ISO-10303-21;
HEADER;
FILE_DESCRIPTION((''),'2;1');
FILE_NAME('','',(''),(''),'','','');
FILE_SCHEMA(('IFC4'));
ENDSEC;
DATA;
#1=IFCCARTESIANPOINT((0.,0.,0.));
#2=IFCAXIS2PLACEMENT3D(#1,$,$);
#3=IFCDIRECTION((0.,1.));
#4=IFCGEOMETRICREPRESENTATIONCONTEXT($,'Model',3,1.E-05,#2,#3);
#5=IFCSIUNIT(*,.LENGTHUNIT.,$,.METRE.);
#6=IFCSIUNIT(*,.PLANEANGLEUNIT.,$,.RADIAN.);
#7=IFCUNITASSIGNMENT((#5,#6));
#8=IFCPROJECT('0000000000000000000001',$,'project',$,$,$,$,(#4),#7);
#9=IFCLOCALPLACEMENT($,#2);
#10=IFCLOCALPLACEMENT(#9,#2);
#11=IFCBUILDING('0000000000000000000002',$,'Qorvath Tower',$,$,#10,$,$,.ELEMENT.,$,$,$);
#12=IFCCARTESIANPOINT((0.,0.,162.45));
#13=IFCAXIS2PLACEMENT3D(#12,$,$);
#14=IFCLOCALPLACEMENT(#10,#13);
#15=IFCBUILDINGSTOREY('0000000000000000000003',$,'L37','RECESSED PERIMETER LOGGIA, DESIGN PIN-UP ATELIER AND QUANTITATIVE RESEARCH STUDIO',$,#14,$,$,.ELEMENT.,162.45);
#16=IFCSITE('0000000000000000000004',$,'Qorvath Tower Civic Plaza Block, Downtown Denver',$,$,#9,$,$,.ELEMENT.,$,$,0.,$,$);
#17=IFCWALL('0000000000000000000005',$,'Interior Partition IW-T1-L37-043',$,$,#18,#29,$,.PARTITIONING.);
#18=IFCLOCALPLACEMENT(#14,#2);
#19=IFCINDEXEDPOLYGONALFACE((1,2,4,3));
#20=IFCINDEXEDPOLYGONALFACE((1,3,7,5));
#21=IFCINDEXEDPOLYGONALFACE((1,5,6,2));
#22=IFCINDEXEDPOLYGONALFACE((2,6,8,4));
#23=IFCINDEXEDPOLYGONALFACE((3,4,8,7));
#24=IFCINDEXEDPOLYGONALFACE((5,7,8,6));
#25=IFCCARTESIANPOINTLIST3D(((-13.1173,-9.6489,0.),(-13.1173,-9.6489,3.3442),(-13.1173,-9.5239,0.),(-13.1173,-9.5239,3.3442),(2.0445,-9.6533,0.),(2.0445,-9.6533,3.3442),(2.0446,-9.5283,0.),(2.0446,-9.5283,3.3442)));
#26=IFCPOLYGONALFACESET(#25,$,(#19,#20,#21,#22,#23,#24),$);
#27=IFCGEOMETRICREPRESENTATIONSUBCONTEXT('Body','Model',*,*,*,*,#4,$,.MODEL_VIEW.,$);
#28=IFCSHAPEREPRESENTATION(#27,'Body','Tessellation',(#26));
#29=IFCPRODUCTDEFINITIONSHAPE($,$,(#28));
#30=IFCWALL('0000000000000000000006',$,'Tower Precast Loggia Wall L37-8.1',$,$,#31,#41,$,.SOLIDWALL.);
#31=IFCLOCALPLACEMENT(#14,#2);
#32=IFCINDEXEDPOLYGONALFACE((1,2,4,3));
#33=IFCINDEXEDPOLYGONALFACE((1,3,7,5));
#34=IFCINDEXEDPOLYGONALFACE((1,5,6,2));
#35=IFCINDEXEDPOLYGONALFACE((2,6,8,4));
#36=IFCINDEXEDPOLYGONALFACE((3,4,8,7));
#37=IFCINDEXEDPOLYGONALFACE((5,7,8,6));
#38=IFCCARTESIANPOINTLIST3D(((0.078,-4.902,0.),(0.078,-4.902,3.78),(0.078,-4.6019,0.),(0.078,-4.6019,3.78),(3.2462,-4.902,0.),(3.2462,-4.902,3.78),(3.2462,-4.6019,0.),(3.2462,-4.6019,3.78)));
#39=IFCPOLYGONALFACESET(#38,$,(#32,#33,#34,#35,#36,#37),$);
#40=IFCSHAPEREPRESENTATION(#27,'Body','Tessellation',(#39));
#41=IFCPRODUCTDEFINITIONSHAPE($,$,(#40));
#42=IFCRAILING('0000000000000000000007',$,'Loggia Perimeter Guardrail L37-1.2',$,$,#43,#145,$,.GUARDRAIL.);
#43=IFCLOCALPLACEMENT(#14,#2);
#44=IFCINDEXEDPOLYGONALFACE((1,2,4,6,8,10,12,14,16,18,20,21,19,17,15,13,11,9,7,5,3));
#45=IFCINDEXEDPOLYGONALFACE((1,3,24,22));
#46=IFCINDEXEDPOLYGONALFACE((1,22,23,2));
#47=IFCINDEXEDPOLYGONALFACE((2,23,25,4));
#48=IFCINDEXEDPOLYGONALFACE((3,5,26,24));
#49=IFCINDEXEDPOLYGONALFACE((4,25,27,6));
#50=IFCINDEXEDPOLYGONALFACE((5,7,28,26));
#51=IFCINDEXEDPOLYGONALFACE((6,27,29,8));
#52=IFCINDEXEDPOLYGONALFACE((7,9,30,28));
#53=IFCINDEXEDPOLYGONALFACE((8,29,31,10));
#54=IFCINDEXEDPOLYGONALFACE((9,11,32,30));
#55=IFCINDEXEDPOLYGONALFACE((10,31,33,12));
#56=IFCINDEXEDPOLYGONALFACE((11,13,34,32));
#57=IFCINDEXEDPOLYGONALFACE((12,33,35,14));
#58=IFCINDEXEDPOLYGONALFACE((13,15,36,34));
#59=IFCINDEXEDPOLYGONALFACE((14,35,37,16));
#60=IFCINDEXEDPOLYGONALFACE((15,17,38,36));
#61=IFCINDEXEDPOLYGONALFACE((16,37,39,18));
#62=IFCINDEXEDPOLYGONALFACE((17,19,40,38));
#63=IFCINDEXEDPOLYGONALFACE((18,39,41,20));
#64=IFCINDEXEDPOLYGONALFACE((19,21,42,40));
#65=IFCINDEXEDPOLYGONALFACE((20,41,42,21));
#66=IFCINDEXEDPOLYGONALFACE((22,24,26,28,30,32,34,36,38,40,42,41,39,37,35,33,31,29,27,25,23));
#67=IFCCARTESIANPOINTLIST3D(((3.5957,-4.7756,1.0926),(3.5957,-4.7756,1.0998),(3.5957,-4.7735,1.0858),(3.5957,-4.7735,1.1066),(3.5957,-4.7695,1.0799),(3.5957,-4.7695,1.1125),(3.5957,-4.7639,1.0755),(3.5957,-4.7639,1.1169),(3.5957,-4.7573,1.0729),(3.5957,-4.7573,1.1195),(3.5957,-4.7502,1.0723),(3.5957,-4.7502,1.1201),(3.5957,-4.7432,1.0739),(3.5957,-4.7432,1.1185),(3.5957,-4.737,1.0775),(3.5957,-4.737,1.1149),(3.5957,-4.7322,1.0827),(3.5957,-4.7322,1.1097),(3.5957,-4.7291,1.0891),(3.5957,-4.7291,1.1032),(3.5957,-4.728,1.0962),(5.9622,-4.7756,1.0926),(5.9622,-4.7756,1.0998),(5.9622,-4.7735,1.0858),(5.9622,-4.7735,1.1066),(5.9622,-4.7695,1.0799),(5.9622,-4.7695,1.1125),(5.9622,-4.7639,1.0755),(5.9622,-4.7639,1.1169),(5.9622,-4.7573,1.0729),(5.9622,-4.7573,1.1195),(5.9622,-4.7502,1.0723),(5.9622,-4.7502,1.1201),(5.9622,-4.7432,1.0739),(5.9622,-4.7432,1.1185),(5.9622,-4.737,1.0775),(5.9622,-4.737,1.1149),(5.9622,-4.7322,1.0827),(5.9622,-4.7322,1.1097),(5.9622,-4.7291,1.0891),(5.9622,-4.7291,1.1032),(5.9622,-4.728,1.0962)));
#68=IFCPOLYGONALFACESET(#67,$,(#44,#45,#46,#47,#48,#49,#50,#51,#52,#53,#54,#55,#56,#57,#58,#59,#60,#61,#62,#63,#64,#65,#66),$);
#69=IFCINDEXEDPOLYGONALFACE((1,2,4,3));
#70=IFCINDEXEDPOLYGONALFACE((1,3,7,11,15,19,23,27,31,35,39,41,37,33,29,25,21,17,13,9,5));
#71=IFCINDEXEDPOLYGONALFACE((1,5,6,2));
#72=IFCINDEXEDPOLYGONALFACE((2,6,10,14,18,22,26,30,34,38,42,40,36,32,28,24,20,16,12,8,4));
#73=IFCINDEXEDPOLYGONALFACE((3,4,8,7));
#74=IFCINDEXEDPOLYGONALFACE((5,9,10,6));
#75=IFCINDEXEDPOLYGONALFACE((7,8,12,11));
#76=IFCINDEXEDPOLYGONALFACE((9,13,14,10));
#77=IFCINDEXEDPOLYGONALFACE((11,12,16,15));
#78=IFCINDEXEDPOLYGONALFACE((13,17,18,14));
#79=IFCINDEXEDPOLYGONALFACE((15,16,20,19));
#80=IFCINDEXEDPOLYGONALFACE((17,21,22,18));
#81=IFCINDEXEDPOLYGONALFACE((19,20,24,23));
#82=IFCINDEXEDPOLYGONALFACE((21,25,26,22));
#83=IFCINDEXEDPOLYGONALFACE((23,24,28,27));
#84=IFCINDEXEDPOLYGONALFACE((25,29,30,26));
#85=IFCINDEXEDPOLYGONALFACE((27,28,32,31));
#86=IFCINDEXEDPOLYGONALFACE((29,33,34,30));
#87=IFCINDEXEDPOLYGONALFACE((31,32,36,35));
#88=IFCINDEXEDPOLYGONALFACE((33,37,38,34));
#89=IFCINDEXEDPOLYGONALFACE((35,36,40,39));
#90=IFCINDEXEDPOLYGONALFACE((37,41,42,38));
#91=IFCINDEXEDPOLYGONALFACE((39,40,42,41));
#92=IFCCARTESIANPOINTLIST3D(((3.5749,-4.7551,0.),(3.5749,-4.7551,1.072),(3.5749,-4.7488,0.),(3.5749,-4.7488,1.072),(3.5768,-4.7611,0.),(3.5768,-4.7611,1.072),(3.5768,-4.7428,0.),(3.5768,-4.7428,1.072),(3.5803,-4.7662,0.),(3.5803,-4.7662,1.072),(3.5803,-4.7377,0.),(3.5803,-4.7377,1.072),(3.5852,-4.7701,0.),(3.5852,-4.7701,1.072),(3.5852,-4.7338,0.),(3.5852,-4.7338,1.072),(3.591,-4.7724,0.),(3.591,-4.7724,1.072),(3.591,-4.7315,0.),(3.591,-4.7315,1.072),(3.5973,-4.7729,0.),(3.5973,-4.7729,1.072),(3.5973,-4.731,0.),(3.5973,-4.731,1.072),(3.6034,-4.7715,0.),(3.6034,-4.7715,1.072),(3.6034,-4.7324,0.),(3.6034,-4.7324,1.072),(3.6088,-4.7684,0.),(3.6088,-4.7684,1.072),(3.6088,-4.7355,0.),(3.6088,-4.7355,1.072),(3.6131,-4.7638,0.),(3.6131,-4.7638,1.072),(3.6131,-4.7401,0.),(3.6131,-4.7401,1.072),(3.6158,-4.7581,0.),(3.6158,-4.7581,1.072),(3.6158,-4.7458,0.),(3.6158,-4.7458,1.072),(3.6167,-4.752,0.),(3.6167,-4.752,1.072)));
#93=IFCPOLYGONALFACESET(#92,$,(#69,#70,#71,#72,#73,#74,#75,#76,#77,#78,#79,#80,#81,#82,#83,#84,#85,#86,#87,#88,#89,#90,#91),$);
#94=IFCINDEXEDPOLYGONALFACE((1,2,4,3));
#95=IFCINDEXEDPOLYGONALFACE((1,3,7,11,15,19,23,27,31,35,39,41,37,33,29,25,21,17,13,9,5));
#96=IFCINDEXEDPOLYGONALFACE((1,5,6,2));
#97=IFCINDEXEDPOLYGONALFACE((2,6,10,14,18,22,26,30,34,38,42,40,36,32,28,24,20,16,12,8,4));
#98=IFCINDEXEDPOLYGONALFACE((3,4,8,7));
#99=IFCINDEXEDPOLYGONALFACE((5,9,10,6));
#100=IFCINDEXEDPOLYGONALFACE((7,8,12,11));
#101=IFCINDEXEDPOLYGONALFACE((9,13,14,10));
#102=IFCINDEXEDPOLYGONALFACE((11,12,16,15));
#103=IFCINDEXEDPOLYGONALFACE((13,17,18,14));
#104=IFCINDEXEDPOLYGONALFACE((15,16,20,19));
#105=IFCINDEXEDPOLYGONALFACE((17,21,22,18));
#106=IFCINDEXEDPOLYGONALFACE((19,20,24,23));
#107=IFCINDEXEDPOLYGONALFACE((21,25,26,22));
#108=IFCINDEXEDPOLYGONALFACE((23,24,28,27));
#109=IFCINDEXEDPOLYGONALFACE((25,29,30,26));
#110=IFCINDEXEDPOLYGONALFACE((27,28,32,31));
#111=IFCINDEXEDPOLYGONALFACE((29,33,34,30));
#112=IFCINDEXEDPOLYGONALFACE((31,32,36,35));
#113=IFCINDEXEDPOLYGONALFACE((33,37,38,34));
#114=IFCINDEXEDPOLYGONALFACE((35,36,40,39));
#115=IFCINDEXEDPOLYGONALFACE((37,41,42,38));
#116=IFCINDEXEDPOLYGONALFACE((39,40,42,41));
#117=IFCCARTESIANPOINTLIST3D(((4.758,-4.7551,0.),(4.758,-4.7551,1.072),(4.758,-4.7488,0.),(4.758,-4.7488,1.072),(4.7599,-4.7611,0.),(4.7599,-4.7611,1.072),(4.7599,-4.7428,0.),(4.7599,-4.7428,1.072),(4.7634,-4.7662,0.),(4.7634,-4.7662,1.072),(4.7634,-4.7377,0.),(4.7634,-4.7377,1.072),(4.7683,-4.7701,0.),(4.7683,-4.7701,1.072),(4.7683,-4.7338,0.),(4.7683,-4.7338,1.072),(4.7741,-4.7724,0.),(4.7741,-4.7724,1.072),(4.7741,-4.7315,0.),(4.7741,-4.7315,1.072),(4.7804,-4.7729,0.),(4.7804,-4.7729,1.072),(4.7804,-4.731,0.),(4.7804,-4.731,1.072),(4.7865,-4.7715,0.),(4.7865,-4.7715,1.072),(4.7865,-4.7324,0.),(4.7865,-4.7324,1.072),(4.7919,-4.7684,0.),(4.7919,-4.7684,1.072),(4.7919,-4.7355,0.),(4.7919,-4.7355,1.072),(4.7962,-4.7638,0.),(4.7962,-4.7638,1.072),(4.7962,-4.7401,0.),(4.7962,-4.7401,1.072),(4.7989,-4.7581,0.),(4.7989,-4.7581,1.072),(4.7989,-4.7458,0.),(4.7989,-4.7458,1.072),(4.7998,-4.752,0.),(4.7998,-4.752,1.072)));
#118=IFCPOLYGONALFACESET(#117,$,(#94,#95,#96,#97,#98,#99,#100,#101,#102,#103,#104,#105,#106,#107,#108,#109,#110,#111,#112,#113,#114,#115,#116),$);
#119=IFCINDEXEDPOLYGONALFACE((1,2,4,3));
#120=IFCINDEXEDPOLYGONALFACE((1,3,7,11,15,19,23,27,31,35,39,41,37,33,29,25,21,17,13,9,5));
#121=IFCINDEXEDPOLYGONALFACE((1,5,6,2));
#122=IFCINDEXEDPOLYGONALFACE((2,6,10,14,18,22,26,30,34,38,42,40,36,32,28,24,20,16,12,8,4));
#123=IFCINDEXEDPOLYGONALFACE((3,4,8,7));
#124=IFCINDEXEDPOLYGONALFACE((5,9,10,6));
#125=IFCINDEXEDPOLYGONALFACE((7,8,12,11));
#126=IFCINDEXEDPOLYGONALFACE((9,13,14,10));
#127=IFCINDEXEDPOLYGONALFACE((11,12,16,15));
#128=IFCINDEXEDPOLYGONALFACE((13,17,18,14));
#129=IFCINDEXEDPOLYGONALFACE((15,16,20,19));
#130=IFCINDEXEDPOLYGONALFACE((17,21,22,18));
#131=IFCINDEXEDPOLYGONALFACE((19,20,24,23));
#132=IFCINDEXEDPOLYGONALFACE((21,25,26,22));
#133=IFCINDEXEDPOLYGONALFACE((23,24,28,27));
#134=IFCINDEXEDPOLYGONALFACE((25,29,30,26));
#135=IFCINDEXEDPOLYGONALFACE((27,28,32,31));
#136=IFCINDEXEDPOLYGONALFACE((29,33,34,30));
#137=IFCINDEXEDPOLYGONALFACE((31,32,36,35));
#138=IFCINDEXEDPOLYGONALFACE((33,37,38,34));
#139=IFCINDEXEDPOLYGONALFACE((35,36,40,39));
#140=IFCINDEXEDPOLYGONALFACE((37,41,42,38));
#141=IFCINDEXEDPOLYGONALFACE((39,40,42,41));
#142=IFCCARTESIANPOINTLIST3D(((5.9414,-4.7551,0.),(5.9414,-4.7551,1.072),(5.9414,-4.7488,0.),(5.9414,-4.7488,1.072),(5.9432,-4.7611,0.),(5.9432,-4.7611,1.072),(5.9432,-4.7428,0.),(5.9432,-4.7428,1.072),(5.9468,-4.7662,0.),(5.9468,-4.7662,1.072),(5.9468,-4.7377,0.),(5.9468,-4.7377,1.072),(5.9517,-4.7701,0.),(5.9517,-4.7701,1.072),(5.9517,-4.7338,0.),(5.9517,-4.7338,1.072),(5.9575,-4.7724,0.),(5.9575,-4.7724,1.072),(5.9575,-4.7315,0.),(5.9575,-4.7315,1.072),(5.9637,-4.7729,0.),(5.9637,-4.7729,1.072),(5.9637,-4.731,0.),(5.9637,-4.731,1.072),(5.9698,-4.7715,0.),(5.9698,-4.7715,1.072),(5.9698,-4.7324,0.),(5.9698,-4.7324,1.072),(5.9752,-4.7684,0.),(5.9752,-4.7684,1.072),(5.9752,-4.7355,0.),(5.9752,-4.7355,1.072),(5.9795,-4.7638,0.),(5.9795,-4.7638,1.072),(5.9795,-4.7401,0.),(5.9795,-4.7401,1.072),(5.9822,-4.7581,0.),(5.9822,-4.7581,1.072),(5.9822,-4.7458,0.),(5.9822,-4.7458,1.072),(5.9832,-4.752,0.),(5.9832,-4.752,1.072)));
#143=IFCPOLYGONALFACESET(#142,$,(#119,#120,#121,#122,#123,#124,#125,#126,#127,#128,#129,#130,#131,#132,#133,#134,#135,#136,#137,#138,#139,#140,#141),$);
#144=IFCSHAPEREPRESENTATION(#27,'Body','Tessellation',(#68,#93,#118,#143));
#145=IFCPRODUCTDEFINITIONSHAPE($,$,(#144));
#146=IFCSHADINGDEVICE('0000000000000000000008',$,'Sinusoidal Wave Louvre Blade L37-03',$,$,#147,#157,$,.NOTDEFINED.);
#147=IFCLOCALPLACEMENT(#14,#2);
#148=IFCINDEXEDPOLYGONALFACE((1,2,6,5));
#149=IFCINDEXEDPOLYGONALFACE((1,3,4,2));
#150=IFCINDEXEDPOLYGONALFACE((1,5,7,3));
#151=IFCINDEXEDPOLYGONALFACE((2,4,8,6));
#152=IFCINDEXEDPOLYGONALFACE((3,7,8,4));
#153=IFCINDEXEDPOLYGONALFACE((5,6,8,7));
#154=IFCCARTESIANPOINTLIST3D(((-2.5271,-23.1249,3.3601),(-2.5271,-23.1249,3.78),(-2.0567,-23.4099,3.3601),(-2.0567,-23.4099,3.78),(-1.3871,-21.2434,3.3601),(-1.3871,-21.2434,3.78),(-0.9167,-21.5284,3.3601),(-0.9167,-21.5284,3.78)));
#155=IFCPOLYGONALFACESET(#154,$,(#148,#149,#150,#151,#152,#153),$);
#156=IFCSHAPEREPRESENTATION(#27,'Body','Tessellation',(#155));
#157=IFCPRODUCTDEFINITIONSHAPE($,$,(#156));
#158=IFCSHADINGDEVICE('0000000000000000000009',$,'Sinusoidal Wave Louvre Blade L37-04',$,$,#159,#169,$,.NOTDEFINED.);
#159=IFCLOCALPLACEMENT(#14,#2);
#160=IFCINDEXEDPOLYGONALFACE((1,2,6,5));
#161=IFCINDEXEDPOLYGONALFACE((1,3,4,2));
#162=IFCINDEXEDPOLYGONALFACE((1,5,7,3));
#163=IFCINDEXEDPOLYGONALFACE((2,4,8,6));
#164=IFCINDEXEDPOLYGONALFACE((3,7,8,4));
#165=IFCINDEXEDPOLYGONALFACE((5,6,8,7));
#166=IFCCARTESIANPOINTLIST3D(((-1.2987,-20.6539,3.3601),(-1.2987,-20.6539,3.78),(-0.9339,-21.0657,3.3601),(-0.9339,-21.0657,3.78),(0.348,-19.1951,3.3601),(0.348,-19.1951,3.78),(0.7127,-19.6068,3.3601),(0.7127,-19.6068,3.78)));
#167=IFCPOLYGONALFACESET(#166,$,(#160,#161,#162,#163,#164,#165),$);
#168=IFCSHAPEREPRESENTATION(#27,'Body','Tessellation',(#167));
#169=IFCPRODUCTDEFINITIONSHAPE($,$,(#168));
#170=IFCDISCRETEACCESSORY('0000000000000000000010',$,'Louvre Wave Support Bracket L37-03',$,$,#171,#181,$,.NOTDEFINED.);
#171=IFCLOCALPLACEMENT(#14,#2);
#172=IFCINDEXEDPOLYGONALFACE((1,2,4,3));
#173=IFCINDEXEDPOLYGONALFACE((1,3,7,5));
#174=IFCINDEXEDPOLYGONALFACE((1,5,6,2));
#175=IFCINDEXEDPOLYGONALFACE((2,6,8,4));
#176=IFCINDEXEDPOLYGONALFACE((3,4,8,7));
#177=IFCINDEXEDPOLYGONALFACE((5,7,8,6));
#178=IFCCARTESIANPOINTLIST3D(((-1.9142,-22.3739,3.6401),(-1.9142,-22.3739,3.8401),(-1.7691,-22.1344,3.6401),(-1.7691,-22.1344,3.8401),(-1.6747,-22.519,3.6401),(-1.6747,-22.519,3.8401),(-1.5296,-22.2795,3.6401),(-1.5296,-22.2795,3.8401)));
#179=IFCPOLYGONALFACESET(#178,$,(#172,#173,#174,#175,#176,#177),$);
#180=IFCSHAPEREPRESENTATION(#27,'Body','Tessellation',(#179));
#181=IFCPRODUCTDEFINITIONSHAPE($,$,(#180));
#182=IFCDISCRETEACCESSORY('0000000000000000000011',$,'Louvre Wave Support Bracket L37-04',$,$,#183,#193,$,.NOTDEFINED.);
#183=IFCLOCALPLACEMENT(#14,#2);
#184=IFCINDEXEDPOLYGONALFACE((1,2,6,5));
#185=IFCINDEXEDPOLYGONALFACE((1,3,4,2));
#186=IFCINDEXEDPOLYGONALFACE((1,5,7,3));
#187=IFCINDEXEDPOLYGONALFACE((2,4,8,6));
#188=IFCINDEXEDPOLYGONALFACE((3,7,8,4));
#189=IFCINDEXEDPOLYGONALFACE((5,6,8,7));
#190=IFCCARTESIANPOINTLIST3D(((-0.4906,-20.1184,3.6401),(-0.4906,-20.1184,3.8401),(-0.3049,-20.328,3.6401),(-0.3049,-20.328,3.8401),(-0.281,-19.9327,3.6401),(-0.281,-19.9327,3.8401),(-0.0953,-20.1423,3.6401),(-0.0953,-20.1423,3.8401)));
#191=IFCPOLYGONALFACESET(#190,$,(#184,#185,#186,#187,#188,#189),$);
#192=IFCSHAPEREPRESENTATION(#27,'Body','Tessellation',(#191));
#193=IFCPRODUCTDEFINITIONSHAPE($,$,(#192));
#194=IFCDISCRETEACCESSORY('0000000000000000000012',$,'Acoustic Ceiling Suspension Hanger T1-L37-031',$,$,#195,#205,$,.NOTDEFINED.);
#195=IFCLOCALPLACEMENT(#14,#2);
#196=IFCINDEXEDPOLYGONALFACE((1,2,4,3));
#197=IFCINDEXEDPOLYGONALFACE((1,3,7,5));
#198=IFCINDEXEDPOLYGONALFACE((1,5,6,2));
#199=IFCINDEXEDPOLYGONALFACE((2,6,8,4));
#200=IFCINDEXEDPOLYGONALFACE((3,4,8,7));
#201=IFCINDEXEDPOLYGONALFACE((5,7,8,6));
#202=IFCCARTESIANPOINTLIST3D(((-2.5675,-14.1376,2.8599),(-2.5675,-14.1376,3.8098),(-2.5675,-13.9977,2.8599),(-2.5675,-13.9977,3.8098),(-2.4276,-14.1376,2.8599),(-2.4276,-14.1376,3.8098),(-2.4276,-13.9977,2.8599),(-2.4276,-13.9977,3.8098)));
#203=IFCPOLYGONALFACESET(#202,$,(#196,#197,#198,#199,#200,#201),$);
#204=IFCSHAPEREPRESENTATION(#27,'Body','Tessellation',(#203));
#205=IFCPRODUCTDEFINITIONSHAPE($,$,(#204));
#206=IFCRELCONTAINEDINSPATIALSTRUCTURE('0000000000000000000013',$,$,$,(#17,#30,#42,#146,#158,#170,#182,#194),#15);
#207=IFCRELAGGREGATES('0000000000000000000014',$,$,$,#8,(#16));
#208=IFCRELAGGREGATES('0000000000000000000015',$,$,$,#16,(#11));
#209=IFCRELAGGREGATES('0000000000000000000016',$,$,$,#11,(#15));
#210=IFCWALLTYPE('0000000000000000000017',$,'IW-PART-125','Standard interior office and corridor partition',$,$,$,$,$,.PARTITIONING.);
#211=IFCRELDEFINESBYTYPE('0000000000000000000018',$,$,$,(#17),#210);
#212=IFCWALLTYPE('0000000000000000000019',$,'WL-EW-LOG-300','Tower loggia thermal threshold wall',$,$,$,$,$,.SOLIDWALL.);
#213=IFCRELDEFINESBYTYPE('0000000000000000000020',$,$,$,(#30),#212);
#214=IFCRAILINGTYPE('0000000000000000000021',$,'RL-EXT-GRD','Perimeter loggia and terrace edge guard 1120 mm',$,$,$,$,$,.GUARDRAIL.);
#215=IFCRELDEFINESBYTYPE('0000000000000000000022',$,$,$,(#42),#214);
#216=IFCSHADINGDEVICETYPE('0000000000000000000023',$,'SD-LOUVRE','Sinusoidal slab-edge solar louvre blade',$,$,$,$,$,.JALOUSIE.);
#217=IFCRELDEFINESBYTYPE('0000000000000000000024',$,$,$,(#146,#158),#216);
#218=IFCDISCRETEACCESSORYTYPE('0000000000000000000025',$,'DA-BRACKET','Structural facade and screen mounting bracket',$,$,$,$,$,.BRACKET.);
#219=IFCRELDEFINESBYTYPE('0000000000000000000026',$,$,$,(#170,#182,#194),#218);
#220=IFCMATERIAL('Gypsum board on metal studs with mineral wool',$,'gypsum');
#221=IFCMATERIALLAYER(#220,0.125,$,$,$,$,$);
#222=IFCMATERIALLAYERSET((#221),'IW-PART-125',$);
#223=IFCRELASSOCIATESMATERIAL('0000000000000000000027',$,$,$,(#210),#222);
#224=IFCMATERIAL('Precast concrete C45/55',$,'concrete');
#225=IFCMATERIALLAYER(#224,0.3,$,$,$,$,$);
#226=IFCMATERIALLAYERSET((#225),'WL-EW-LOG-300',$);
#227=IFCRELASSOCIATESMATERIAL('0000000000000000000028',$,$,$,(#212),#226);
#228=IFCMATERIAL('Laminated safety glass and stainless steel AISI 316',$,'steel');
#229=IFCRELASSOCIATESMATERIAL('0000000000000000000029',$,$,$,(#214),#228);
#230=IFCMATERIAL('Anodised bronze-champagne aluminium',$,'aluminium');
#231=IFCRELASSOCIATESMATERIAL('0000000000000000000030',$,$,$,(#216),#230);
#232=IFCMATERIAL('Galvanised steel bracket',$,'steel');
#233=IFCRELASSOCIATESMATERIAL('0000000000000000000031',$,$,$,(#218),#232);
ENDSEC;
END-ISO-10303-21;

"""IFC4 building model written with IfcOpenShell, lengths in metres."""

from ifc_helpers import new_model, si_unit, direction, frame, frame_2d, origin, origin_2d, place, context, subcontext, project, spatial, rectangle, circle, extrude, material, layer, layer_set, type_object, element, save


model = new_model("IFC4")

# Units and contexts
model_context = context("Model", 3, precision=1e-05, world=origin(), true_north=direction((0.0, 1.0)))
body_context = subcontext(model_context, "Body", "Model", "MODEL_VIEW")
ifc_project = project(units=[si_unit("LENGTHUNIT", "METRE"), si_unit("PLANEANGLEUNIT", "RADIAN")], contexts=[model_context])

# Site, building, storey
site_placement = place(None, origin())
site = spatial("IfcSite", under=ifc_project, at=site_placement, Name="Qorvath Tower Civic Plaza Block, Downtown Denver", CompositionType="ELEMENT", RefElevation=0.0)
building_placement = place(site_placement, origin())
building = spatial("IfcBuilding", under=site, at=building_placement, Name="Qorvath Tower", CompositionType="ELEMENT")
storey_placement = place(building_placement, frame((0.0, 0.0, 162.45)))
storey = spatial("IfcBuildingStorey", under=building, at=storey_placement, Name="L37", Description="RECESSED PERIMETER LOGGIA, DESIGN PIN-UP ATELIER AND QUANTITATIVE RESEARCH STUDIO", CompositionType="ELEMENT", Elevation=162.45)

# Walls
ifc_material_1 = material(Name="Gypsum board on metal studs with mineral wool", Category="gypsum")
ifc_layer_1 = layer(ifc_material_1, 0.125)
ifc_layer_set_1 = layer_set([ifc_layer_1], Name="IW-PART-125")
wall_type_1 = type_object("IfcWallType", Name="IW-PART-125", Description="Standard interior office and corridor partition", PredefinedType="PARTITIONING", material=ifc_layer_set_1)
wall_1_placement = place(storey_placement, frame((2.0447, -9.5908, 0.0), z_axis=(0.0, 0.0, 1.0), x_axis=(-1.0, 0.00029, 0.0)))
element("IfcWall", 1, at=wall_1_placement, inside=storey, type_object=wall_type_1, Name="Interior Partition IW-T1-L37-043", PredefinedType="PARTITIONING", context=body_context, shape_type="SweptSolid", body=[
    extrude(rectangle(XDim=15.1619, YDim=0.125, at=frame_2d((7.5811, 0.0))), origin(), (0.0, 0.0, 1.0), 3.3442),
])
ifc_material_2 = material(Name="Precast concrete C45/55", Category="concrete")
ifc_layer_2 = layer(ifc_material_2, 0.3)
ifc_layer_set_2 = layer_set([ifc_layer_2], Name="WL-EW-LOG-300")
wall_type_2 = type_object("IfcWallType", Name="WL-EW-LOG-300", Description="Tower loggia thermal threshold wall", PredefinedType="SOLIDWALL", material=ifc_layer_set_2)
wall_2_placement = place(storey_placement, frame((3.2461, -4.752, 0.0), z_axis=(0.0, 0.0, 1.0), x_axis=(-1.0, 0.0, 0.0)))
element("IfcWall", 2, at=wall_2_placement, inside=storey, type_object=wall_type_2, Name="Tower Precast Loggia Wall L37-8.1", PredefinedType="SOLIDWALL", context=body_context, shape_type="SweptSolid", body=[
    extrude(rectangle(XDim=3.1682, YDim=0.3, at=frame_2d((1.584, 0.0))), origin(), (0.0, 0.0, 1.0), 3.78),
])

# Railing
ifc_material_3 = material(Name="Laminated safety glass and stainless steel AISI 316", Category="steel")
railing_type = type_object("IfcRailingType", Name="RL-EXT-GRD", Description="Perimeter loggia and terrace edge guard 1120 mm", PredefinedType="GUARDRAIL", material=ifc_material_3)
railing_1_placement = place(storey_placement, frame((3.5957, -4.752, 0.0)))
element("IfcRailing", 3, at=railing_1_placement, inside=storey, type_object=railing_type, Name="Loggia Perimeter Guardrail L37-1.2", PredefinedType="GUARDRAIL", context=body_context, shape_type="SweptSolid", body=[
    extrude(circle(Radius=0.0239, at=origin_2d()), frame((0.0, 0.0, 1.0962), z_axis=(1.0, 0.0, 0.0), x_axis=(0.0, 1.0, 0.0)), (0.0, 0.0, 1.0), 2.3665),
    extrude(circle(Radius=0.021, at=origin_2d()), origin(), (0.0, 0.0, 1.0), 1.072),
    extrude(circle(Radius=0.021, at=origin_2d()), frame((1.1831, 0.0, 0.0)), (0.0, 0.0, 1.0), 1.072),
    extrude(circle(Radius=0.021, at=origin_2d()), frame((2.3665, 0.0, 0.0)), (0.0, 0.0, 1.0), 1.072),
])

# Shading devices
ifc_material_4 = material(Name="Anodised bronze-champagne aluminium", Category="aluminium")
shading_device_type = type_object("IfcShadingDeviceType", Name="SD-LOUVRE", Description="Sinusoidal slab-edge solar louvre blade", PredefinedType="JALOUSIE", material=ifc_material_4)
for number, where, z_axis, x_axis, name in (
    (4, (-1.7219, -22.3267, 3.3601), (0.0, 0.0, 1.0), (0.518197, 0.855261, 0.0), "Sinusoidal Wave Louvre Blade L37-03"),
    (5, (-0.293, -20.1304, 3.3601), (0.0, 0.0, 1.0), (0.748507, 0.663127, 0.0), "Sinusoidal Wave Louvre Blade L37-04"),
):
    element("IfcShadingDevice", number, at=place(storey_placement, frame(where, z_axis=z_axis, x_axis=x_axis)), inside=storey, type_object=shading_device_type, Name=name, PredefinedType="NOTDEFINED", context=body_context, shape_type="SweptSolid", body=[
        extrude(rectangle(XDim=2.2, YDim=0.55, at=origin_2d()), origin(), (0.0, 0.0, 1.0), 0.4199),
    ])

# Discrete accessories
ifc_material_5 = material(Name="Galvanised steel bracket", Category="steel")
discrete_accessory_type = type_object("IfcDiscreteAccessoryType", Name="DA-BRACKET", Description="Structural facade and screen mounting bracket", PredefinedType="BRACKET", material=ifc_material_5)
for number, where, z_axis, x_axis, name in (
    (6, (-1.7219, -22.3267, 3.6401), (0.0, 0.0, 1.0), (0.518197, 0.855261, 0.0), "Louvre Wave Support Bracket L37-03"),
    (7, (-0.293, -20.1304, 3.6401), (0.0, 0.0, 1.0), (0.748507, 0.663127, 0.0), "Louvre Wave Support Bracket L37-04"),
):
    element("IfcDiscreteAccessory", number, at=place(storey_placement, frame(where, z_axis=z_axis, x_axis=x_axis)), inside=storey, type_object=discrete_accessory_type, Name=name, PredefinedType="NOTDEFINED", context=body_context, shape_type="SweptSolid", body=[
        extrude(rectangle(XDim=0.28, YDim=0.28, at=origin_2d()), origin(), (0.0, 0.0, 1.0), 0.2),
    ])
for number, where, z_axis, x_axis, name in (
    (8, (-2.4976, -14.0676, 2.8599), (0.0, 0.0, 1.0), (1.0, 0.0, 0.0), "Acoustic Ceiling Suspension Hanger T1-L37-031"),
):
    element("IfcDiscreteAccessory", number, at=place(storey_placement, frame(where, z_axis=z_axis, x_axis=x_axis)), inside=storey, type_object=discrete_accessory_type, Name=name, PredefinedType="NOTDEFINED", context=body_context, shape_type="SweptSolid", body=[
        extrude(rectangle(XDim=0.1399, YDim=0.1399, at=origin_2d()), origin(), (0.0, 0.0, 1.0), 0.95),
    ])

save(model, "model.ifc")
